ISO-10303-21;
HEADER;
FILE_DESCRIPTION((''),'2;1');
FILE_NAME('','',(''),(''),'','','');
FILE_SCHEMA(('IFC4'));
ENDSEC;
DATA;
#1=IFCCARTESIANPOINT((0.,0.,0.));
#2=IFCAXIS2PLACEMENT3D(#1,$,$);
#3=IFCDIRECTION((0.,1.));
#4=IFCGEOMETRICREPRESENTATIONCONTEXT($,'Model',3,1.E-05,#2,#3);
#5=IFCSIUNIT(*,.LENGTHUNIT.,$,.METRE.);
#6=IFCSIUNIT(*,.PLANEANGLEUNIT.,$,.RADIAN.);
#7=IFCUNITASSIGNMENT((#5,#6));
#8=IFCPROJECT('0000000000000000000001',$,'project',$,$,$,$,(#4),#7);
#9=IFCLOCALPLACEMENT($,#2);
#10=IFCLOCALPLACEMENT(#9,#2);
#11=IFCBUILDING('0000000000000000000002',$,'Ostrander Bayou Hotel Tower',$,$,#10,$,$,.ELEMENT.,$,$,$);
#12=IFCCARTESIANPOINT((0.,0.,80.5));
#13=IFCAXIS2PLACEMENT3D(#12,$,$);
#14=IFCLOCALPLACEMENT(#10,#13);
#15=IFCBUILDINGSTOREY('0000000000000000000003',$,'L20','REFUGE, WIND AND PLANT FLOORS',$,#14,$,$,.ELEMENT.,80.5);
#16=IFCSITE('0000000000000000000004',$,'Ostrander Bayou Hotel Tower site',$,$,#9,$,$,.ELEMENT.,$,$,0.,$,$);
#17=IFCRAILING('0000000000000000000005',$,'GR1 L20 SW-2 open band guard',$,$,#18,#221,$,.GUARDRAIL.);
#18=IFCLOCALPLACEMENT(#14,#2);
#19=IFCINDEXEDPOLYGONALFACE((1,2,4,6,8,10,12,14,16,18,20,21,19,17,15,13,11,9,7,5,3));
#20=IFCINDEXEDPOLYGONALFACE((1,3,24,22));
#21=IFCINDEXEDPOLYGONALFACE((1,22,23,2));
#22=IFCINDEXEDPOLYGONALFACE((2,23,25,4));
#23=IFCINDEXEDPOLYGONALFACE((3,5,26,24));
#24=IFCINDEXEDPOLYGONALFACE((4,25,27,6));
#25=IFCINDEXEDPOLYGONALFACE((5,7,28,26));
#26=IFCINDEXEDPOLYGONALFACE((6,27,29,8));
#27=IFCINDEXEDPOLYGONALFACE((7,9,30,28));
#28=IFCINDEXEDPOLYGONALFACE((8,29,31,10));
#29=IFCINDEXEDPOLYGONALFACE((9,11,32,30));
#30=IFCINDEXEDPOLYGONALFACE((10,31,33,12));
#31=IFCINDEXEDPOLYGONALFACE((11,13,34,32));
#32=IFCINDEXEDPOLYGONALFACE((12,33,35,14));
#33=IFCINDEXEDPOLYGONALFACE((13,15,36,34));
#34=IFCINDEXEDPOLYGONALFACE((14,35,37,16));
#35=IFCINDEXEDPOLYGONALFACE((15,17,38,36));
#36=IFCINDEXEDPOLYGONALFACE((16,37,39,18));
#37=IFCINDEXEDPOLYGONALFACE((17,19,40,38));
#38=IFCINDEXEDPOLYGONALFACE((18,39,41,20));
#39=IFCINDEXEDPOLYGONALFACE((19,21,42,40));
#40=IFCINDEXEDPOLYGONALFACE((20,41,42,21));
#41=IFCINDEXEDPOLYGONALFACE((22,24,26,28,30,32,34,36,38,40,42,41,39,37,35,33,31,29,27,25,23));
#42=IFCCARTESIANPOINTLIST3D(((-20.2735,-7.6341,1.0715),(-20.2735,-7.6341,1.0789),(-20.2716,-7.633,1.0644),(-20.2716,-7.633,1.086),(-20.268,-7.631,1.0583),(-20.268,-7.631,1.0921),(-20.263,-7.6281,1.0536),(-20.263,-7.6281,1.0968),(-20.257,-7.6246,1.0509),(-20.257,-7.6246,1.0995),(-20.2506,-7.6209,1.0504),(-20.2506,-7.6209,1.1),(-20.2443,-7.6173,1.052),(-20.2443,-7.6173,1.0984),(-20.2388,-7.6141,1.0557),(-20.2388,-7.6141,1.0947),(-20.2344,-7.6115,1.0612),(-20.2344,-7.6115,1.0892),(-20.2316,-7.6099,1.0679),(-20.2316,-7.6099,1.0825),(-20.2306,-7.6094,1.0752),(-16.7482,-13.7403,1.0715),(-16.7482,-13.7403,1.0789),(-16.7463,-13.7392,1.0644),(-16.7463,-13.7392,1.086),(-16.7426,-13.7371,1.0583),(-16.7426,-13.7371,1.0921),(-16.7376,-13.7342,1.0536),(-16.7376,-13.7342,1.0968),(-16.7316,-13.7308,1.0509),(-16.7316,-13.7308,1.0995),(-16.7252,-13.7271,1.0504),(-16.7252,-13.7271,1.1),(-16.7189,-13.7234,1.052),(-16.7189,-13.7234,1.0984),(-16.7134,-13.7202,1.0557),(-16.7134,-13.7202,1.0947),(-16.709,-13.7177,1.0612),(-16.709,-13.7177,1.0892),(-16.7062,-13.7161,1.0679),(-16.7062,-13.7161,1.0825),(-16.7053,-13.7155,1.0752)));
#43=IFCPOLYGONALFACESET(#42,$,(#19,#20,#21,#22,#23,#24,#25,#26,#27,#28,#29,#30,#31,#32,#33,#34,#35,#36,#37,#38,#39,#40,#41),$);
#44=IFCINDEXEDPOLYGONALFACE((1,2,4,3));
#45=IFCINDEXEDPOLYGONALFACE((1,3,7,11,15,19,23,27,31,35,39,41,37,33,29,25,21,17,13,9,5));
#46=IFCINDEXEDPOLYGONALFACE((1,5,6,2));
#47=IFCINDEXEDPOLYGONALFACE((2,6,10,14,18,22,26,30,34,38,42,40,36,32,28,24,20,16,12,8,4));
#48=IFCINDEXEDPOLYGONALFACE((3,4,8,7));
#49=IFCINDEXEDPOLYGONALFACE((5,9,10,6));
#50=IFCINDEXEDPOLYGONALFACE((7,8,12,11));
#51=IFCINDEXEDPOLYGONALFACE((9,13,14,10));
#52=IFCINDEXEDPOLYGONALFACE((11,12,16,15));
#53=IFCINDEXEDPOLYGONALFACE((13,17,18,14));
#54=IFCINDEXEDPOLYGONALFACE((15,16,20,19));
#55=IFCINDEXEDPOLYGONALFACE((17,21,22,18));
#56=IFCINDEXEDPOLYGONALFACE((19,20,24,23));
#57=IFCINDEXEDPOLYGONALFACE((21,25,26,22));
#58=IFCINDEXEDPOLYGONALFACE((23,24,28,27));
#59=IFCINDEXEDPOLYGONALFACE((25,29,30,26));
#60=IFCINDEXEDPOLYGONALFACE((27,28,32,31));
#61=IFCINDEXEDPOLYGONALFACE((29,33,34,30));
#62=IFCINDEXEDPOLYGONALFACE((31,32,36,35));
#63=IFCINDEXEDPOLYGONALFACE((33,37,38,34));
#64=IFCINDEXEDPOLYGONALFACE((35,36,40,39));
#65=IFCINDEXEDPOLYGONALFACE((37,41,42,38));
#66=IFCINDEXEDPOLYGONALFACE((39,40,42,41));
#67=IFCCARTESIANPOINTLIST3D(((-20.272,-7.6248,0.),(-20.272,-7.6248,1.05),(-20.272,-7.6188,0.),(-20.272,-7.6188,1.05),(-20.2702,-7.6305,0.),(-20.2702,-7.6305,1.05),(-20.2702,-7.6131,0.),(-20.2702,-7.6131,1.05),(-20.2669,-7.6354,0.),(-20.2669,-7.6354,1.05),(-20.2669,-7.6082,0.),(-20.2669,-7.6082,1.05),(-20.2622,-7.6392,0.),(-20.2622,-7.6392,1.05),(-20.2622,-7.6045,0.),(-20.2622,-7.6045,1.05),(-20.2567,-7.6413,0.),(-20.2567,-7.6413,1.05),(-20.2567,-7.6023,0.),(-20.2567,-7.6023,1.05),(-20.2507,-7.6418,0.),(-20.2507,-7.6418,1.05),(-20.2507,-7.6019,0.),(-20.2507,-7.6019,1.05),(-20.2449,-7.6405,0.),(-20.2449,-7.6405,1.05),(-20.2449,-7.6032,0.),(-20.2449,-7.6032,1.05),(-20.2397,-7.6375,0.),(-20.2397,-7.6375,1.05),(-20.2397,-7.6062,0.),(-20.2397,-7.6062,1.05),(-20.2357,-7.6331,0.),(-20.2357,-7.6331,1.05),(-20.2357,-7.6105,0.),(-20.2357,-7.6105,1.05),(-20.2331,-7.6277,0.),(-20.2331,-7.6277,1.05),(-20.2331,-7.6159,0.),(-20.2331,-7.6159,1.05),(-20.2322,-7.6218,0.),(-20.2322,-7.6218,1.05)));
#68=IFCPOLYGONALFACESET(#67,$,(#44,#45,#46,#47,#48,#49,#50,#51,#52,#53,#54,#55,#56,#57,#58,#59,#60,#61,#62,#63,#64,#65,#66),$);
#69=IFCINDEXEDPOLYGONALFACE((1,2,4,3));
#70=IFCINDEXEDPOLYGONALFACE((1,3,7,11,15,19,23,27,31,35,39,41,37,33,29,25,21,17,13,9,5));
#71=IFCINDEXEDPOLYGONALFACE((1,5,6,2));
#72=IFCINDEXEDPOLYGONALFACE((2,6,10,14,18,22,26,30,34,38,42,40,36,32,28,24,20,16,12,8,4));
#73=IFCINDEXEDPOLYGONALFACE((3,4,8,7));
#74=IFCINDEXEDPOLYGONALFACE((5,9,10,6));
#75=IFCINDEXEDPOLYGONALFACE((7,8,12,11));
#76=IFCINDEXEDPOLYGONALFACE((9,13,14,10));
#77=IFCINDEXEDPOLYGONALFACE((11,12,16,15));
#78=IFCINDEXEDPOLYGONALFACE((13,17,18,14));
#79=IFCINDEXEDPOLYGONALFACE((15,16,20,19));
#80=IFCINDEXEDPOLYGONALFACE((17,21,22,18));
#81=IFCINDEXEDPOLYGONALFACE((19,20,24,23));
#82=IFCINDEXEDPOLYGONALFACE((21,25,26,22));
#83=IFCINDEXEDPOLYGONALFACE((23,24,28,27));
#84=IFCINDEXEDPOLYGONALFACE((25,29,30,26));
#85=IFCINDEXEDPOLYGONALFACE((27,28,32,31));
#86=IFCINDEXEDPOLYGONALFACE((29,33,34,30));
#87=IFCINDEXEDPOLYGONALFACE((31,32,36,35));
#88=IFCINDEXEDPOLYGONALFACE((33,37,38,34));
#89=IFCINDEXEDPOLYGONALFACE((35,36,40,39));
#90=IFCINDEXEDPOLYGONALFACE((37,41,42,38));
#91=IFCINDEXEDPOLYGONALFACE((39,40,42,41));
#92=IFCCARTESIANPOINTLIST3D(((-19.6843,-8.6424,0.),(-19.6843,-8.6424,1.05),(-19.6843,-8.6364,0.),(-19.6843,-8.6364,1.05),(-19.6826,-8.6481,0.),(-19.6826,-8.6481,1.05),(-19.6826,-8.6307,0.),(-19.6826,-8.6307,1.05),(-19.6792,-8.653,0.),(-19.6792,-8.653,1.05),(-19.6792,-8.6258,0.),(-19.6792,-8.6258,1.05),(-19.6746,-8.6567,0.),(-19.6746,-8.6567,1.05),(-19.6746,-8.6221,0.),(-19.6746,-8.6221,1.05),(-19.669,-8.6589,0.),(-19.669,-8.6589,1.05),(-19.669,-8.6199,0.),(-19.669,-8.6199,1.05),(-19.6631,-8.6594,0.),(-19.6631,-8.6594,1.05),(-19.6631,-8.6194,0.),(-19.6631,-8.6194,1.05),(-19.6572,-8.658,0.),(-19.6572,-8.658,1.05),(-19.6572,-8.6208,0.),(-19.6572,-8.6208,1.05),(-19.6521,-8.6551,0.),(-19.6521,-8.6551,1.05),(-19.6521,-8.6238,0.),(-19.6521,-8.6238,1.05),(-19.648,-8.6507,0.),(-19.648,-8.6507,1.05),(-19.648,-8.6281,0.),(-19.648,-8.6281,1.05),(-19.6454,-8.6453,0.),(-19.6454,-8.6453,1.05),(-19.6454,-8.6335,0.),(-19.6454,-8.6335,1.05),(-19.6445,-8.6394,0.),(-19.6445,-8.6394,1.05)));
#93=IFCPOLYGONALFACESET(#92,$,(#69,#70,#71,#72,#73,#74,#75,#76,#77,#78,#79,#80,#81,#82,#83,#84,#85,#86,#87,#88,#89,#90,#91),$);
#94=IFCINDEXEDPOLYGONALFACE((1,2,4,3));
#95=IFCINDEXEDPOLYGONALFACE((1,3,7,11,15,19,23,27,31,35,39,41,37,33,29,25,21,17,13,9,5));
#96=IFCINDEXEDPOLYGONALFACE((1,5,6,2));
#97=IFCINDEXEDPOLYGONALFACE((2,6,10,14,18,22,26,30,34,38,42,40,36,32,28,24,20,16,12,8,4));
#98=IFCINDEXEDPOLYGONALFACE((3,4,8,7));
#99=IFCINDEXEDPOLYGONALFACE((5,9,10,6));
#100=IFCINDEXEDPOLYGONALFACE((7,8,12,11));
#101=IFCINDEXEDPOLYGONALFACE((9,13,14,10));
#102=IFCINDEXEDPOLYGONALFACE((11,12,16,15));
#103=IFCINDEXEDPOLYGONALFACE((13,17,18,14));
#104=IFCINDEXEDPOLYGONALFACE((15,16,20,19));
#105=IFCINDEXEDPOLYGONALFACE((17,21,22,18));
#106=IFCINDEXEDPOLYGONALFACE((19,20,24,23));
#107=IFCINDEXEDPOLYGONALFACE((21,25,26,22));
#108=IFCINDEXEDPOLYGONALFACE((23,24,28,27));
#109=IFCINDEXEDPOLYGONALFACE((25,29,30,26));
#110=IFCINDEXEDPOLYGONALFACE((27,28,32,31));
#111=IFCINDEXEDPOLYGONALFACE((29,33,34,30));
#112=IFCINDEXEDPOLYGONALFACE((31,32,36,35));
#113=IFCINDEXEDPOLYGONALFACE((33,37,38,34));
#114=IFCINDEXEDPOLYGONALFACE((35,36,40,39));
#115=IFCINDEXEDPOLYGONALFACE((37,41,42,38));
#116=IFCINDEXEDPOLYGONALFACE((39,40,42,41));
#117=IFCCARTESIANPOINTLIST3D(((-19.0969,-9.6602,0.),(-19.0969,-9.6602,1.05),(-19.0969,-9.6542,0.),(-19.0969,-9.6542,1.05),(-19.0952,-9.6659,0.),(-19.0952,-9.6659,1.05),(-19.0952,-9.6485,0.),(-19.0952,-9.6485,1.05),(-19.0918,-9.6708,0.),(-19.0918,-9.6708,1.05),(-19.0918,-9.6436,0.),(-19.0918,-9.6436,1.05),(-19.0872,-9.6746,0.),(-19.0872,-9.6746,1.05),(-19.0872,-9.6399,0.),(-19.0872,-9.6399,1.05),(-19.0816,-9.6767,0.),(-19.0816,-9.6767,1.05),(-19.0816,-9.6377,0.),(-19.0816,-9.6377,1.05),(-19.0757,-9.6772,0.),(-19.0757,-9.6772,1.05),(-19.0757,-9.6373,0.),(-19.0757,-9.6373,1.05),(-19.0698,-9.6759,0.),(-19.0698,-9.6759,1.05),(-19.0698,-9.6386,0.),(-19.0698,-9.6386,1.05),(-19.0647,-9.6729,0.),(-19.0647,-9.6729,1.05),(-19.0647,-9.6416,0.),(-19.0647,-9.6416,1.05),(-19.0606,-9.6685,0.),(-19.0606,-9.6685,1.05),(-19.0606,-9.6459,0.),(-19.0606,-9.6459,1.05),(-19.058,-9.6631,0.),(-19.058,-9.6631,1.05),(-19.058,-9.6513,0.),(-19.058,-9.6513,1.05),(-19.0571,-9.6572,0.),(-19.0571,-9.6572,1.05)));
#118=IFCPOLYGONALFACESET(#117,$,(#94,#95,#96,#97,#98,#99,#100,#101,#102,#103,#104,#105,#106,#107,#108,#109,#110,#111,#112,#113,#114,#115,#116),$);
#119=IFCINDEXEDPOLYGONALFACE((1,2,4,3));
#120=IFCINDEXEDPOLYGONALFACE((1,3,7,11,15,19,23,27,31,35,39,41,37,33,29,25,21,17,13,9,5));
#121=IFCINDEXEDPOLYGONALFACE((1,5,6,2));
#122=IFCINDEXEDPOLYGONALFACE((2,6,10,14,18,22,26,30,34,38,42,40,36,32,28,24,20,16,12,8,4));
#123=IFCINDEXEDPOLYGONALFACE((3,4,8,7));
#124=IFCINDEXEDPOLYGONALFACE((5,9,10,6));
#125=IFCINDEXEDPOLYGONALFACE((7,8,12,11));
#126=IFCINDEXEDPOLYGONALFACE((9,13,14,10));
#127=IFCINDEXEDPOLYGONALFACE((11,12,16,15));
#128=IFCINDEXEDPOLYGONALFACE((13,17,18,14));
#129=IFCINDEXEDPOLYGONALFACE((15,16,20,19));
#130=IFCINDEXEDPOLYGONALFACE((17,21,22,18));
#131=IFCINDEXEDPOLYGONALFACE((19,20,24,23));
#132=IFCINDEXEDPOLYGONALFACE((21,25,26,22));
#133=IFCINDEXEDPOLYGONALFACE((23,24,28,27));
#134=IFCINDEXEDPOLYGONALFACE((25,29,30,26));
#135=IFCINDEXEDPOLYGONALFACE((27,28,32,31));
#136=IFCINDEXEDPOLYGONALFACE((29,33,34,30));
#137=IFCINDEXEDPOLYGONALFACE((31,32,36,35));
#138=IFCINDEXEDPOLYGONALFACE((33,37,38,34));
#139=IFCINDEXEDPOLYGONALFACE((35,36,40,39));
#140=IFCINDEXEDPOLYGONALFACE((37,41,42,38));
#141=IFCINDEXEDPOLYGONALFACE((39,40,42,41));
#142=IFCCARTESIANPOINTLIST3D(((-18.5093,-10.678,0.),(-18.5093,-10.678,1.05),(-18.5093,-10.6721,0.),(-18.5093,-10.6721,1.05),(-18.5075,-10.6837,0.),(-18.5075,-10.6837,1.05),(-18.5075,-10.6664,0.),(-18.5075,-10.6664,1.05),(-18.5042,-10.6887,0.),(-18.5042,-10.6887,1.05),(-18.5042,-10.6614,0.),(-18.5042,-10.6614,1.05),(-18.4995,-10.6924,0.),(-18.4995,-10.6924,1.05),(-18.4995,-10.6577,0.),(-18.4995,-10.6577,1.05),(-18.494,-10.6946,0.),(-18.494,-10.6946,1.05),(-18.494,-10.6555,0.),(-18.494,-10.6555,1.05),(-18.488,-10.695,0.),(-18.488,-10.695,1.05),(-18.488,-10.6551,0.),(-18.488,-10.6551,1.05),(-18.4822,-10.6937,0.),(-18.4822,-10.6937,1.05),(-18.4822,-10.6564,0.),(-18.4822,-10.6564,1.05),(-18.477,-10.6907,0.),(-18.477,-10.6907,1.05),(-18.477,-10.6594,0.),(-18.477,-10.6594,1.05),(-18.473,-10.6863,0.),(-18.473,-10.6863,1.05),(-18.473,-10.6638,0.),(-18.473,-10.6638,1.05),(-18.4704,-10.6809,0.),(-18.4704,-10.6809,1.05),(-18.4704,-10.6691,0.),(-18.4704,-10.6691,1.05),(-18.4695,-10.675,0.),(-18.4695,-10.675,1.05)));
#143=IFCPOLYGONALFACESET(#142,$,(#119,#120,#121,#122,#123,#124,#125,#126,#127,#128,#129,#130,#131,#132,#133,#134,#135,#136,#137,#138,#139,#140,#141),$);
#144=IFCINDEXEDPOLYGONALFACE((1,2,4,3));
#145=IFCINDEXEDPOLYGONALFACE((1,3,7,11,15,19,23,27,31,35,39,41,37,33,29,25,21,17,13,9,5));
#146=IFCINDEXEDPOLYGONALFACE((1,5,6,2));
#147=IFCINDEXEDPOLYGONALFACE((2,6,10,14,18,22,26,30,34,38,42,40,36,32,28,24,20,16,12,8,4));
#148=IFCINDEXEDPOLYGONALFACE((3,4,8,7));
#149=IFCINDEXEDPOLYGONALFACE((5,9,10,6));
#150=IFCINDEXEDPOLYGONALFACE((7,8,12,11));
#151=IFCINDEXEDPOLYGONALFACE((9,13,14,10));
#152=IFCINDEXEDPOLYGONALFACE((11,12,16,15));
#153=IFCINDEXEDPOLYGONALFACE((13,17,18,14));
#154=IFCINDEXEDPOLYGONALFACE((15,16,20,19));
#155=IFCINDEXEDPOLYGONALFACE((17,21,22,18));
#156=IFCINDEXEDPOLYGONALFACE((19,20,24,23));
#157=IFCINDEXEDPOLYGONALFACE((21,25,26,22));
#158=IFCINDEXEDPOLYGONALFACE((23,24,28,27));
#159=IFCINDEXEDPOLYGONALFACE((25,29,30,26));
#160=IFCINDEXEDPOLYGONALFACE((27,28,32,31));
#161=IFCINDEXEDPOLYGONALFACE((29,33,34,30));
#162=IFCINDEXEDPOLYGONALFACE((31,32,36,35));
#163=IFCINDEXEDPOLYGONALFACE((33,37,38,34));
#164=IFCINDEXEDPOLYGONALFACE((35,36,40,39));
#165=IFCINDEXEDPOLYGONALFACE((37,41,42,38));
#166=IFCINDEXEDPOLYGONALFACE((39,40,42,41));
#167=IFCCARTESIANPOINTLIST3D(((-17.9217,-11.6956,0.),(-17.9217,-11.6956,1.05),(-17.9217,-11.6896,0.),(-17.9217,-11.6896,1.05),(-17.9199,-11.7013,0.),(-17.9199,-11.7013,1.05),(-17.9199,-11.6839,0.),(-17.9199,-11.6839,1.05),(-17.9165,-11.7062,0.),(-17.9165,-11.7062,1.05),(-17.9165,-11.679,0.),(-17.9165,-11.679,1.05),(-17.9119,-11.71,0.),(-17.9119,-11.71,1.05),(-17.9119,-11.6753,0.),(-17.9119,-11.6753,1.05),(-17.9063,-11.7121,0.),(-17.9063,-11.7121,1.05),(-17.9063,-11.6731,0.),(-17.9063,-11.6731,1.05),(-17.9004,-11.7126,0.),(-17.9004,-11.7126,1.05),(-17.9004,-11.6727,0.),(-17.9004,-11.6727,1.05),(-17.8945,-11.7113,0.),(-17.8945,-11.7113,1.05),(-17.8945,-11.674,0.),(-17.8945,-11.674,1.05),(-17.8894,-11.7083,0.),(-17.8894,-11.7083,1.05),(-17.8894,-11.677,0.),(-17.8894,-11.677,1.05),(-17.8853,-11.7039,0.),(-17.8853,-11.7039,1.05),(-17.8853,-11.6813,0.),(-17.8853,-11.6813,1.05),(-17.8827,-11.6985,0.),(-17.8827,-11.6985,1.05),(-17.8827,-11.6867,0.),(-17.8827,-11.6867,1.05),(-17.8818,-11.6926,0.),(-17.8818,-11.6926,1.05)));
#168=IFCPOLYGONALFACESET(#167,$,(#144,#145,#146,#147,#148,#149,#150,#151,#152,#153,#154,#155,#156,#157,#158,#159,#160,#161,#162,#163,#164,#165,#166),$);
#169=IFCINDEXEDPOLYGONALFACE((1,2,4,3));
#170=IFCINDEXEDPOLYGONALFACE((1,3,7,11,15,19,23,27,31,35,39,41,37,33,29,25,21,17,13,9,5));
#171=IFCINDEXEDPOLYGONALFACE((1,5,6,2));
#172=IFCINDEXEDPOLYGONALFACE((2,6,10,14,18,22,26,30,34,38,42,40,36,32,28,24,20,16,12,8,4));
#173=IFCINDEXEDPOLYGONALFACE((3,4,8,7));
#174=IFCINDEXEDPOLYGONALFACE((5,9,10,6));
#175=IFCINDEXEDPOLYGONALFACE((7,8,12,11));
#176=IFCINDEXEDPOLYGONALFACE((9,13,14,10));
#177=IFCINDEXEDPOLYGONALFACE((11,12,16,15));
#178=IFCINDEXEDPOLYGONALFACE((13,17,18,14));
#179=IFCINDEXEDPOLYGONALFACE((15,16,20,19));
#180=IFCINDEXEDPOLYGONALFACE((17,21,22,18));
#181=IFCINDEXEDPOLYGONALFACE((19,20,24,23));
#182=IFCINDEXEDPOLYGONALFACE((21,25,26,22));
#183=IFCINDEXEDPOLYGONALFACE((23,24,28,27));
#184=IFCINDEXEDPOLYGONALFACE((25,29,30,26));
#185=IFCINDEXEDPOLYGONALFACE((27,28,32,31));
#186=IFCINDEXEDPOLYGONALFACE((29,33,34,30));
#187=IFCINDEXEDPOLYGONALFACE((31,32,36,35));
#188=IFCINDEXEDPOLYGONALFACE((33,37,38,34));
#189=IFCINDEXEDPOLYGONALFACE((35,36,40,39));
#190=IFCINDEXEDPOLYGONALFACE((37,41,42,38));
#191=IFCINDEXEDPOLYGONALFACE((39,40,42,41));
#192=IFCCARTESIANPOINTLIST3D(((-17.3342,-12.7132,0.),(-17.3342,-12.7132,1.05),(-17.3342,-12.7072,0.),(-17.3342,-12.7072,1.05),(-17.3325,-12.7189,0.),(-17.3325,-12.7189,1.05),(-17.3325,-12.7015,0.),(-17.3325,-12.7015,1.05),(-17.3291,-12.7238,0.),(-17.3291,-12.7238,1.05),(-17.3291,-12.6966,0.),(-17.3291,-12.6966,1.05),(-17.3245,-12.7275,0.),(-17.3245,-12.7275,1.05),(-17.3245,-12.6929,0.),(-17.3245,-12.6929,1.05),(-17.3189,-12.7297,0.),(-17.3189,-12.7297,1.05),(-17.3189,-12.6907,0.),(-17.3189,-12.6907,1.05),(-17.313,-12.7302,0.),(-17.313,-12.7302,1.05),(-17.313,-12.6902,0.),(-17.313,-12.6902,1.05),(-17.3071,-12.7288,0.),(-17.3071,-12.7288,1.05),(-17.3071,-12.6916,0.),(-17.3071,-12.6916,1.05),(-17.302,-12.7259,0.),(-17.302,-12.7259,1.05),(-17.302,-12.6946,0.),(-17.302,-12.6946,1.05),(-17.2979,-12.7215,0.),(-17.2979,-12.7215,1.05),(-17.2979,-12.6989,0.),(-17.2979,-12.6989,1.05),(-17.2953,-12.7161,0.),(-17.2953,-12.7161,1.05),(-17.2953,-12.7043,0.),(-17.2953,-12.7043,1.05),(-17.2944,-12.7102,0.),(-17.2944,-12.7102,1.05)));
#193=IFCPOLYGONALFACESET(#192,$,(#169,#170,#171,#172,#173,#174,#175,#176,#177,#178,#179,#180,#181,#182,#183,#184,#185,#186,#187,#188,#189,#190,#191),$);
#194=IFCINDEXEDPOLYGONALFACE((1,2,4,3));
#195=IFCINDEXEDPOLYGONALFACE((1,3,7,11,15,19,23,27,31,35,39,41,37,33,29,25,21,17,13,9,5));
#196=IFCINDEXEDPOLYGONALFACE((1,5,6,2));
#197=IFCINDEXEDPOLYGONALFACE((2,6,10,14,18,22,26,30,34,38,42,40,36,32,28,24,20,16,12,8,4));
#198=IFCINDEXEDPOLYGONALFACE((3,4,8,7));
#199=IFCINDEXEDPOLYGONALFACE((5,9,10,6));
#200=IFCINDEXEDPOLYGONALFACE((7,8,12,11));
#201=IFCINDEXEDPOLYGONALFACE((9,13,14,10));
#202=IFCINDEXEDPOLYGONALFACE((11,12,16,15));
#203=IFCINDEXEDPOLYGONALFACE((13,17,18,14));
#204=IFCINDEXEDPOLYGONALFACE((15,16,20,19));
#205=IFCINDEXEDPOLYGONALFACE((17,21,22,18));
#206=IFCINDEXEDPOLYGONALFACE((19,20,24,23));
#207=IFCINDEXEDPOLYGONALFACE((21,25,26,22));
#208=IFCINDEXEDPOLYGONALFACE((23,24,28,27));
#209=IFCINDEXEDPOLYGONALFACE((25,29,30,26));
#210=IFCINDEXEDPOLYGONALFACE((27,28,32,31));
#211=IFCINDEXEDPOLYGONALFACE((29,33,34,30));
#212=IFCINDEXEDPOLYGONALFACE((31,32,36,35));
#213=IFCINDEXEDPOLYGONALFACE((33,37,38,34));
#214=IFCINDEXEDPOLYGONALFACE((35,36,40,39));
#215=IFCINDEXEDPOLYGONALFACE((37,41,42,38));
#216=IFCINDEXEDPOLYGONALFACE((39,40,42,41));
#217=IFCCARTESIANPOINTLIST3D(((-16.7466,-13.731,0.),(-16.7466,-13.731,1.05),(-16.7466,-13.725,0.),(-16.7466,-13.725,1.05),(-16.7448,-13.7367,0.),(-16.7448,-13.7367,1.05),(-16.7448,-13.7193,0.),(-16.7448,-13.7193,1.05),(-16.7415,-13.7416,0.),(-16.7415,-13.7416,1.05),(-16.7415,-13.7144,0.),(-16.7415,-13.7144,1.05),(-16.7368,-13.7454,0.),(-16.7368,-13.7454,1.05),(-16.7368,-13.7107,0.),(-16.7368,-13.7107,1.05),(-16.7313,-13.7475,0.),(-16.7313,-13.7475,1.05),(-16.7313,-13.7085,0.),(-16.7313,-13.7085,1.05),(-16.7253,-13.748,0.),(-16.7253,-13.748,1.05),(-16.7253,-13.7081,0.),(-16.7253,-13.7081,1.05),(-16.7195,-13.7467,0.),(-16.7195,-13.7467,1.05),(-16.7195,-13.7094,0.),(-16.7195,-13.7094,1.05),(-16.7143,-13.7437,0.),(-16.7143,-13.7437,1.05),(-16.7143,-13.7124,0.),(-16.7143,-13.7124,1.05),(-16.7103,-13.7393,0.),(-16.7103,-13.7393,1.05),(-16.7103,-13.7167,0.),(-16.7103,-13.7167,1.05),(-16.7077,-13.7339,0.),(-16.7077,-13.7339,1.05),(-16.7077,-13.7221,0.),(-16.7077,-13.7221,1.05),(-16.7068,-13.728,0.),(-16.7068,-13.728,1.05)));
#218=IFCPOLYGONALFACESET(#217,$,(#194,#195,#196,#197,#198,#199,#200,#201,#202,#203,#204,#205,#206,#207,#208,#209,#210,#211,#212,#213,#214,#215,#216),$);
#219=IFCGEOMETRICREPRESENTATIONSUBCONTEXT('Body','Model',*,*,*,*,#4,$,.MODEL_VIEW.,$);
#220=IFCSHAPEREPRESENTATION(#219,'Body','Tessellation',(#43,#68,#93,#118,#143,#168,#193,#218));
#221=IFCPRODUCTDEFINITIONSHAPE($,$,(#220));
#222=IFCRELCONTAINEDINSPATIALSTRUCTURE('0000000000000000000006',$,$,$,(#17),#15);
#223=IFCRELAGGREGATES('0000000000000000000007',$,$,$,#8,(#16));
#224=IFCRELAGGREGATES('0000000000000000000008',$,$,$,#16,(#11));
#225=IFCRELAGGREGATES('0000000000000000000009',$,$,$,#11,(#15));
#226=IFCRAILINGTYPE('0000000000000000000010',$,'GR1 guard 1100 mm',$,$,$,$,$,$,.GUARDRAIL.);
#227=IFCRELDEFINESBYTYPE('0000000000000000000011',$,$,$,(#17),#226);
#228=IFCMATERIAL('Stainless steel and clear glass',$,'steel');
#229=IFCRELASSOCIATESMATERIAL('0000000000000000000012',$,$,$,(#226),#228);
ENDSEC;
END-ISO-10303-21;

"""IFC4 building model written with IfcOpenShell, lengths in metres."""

from ifc_helpers import new_model, si_unit, direction, frame, origin, origin_2d, place, context, subcontext, project, spatial, circle, extrude, material, type_object, element, save


model = new_model("IFC4")

# Units and contexts
model_context = context("Model", 3, precision=1e-05, world=origin(), true_north=direction((0.0, 1.0)))
body_context = subcontext(model_context, "Body", "Model", "MODEL_VIEW")
ifc_project = project(units=[si_unit("LENGTHUNIT", "METRE"), si_unit("PLANEANGLEUNIT", "RADIAN")], contexts=[model_context])

# Site, building, storey
site_placement = place(None, origin())
site = spatial("IfcSite", under=ifc_project, at=site_placement, Name="Ostrander Bayou Hotel Tower site", CompositionType="ELEMENT", RefElevation=0.0)
building_placement = place(site_placement, origin())
building = spatial("IfcBuilding", under=site, at=building_placement, Name="Ostrander Bayou Hotel Tower", CompositionType="ELEMENT")
storey_placement = place(building_placement, frame((0.0, 0.0, 80.5)))
storey = spatial("IfcBuildingStorey", under=building, at=storey_placement, Name="L20", Description="REFUGE, WIND AND PLANT FLOORS", CompositionType="ELEMENT", Elevation=80.5)

# Railing
ifc_material_1 = material(Name="Stainless steel and clear glass", Category="steel")
railing_type = type_object("IfcRailingType", Name="GR1 guard 1100 mm", PredefinedType="GUARDRAIL", material=ifc_material_1)
railing_1_placement = place(storey_placement, frame((-20.2522, -7.6218, 0.0)))
element("IfcRailing", 1, at=railing_1_placement, inside=storey, type_object=railing_type, Name="GR1 L20 SW-2 open band guard", PredefinedType="GUARDRAIL", context=body_context, shape_type="SweptSolid", body=[
    extrude(circle(Radius=0.0249, at=origin_2d()), frame((0.0, 0.0, 1.0752), z_axis=(0.499997, -0.866027, 0.0), x_axis=(0.866027, 0.499997, 0.0)), (0.0, 0.0, 1.0), 7.0508),
    extrude(circle(Radius=0.02, at=origin_2d()), origin(), (0.0, 0.0, 1.0), 1.05),
    extrude(circle(Radius=0.02, at=origin_2d()), frame((0.5876, -1.0176, 0.0)), (0.0, 0.0, 1.0), 1.05),
    extrude(circle(Radius=0.02, at=origin_2d()), frame((1.175, -2.0354, 0.0)), (0.0, 0.0, 1.0), 1.05),
    extrude(circle(Radius=0.02, at=origin_2d()), frame((1.7627, -3.0532, 0.0)), (0.0, 0.0, 1.0), 1.05),
    extrude(circle(Radius=0.02, at=origin_2d()), frame((2.3503, -4.0708, 0.0)), (0.0, 0.0, 1.0), 1.05),
    extrude(circle(Radius=0.02, at=origin_2d()), frame((2.9377, -5.0884, 0.0)), (0.0, 0.0, 1.0), 1.05),
    extrude(circle(Radius=0.02, at=origin_2d()), frame((3.5254, -6.1062, 0.0)), (0.0, 0.0, 1.0), 1.05),
])

save(model, "model.ifc")
